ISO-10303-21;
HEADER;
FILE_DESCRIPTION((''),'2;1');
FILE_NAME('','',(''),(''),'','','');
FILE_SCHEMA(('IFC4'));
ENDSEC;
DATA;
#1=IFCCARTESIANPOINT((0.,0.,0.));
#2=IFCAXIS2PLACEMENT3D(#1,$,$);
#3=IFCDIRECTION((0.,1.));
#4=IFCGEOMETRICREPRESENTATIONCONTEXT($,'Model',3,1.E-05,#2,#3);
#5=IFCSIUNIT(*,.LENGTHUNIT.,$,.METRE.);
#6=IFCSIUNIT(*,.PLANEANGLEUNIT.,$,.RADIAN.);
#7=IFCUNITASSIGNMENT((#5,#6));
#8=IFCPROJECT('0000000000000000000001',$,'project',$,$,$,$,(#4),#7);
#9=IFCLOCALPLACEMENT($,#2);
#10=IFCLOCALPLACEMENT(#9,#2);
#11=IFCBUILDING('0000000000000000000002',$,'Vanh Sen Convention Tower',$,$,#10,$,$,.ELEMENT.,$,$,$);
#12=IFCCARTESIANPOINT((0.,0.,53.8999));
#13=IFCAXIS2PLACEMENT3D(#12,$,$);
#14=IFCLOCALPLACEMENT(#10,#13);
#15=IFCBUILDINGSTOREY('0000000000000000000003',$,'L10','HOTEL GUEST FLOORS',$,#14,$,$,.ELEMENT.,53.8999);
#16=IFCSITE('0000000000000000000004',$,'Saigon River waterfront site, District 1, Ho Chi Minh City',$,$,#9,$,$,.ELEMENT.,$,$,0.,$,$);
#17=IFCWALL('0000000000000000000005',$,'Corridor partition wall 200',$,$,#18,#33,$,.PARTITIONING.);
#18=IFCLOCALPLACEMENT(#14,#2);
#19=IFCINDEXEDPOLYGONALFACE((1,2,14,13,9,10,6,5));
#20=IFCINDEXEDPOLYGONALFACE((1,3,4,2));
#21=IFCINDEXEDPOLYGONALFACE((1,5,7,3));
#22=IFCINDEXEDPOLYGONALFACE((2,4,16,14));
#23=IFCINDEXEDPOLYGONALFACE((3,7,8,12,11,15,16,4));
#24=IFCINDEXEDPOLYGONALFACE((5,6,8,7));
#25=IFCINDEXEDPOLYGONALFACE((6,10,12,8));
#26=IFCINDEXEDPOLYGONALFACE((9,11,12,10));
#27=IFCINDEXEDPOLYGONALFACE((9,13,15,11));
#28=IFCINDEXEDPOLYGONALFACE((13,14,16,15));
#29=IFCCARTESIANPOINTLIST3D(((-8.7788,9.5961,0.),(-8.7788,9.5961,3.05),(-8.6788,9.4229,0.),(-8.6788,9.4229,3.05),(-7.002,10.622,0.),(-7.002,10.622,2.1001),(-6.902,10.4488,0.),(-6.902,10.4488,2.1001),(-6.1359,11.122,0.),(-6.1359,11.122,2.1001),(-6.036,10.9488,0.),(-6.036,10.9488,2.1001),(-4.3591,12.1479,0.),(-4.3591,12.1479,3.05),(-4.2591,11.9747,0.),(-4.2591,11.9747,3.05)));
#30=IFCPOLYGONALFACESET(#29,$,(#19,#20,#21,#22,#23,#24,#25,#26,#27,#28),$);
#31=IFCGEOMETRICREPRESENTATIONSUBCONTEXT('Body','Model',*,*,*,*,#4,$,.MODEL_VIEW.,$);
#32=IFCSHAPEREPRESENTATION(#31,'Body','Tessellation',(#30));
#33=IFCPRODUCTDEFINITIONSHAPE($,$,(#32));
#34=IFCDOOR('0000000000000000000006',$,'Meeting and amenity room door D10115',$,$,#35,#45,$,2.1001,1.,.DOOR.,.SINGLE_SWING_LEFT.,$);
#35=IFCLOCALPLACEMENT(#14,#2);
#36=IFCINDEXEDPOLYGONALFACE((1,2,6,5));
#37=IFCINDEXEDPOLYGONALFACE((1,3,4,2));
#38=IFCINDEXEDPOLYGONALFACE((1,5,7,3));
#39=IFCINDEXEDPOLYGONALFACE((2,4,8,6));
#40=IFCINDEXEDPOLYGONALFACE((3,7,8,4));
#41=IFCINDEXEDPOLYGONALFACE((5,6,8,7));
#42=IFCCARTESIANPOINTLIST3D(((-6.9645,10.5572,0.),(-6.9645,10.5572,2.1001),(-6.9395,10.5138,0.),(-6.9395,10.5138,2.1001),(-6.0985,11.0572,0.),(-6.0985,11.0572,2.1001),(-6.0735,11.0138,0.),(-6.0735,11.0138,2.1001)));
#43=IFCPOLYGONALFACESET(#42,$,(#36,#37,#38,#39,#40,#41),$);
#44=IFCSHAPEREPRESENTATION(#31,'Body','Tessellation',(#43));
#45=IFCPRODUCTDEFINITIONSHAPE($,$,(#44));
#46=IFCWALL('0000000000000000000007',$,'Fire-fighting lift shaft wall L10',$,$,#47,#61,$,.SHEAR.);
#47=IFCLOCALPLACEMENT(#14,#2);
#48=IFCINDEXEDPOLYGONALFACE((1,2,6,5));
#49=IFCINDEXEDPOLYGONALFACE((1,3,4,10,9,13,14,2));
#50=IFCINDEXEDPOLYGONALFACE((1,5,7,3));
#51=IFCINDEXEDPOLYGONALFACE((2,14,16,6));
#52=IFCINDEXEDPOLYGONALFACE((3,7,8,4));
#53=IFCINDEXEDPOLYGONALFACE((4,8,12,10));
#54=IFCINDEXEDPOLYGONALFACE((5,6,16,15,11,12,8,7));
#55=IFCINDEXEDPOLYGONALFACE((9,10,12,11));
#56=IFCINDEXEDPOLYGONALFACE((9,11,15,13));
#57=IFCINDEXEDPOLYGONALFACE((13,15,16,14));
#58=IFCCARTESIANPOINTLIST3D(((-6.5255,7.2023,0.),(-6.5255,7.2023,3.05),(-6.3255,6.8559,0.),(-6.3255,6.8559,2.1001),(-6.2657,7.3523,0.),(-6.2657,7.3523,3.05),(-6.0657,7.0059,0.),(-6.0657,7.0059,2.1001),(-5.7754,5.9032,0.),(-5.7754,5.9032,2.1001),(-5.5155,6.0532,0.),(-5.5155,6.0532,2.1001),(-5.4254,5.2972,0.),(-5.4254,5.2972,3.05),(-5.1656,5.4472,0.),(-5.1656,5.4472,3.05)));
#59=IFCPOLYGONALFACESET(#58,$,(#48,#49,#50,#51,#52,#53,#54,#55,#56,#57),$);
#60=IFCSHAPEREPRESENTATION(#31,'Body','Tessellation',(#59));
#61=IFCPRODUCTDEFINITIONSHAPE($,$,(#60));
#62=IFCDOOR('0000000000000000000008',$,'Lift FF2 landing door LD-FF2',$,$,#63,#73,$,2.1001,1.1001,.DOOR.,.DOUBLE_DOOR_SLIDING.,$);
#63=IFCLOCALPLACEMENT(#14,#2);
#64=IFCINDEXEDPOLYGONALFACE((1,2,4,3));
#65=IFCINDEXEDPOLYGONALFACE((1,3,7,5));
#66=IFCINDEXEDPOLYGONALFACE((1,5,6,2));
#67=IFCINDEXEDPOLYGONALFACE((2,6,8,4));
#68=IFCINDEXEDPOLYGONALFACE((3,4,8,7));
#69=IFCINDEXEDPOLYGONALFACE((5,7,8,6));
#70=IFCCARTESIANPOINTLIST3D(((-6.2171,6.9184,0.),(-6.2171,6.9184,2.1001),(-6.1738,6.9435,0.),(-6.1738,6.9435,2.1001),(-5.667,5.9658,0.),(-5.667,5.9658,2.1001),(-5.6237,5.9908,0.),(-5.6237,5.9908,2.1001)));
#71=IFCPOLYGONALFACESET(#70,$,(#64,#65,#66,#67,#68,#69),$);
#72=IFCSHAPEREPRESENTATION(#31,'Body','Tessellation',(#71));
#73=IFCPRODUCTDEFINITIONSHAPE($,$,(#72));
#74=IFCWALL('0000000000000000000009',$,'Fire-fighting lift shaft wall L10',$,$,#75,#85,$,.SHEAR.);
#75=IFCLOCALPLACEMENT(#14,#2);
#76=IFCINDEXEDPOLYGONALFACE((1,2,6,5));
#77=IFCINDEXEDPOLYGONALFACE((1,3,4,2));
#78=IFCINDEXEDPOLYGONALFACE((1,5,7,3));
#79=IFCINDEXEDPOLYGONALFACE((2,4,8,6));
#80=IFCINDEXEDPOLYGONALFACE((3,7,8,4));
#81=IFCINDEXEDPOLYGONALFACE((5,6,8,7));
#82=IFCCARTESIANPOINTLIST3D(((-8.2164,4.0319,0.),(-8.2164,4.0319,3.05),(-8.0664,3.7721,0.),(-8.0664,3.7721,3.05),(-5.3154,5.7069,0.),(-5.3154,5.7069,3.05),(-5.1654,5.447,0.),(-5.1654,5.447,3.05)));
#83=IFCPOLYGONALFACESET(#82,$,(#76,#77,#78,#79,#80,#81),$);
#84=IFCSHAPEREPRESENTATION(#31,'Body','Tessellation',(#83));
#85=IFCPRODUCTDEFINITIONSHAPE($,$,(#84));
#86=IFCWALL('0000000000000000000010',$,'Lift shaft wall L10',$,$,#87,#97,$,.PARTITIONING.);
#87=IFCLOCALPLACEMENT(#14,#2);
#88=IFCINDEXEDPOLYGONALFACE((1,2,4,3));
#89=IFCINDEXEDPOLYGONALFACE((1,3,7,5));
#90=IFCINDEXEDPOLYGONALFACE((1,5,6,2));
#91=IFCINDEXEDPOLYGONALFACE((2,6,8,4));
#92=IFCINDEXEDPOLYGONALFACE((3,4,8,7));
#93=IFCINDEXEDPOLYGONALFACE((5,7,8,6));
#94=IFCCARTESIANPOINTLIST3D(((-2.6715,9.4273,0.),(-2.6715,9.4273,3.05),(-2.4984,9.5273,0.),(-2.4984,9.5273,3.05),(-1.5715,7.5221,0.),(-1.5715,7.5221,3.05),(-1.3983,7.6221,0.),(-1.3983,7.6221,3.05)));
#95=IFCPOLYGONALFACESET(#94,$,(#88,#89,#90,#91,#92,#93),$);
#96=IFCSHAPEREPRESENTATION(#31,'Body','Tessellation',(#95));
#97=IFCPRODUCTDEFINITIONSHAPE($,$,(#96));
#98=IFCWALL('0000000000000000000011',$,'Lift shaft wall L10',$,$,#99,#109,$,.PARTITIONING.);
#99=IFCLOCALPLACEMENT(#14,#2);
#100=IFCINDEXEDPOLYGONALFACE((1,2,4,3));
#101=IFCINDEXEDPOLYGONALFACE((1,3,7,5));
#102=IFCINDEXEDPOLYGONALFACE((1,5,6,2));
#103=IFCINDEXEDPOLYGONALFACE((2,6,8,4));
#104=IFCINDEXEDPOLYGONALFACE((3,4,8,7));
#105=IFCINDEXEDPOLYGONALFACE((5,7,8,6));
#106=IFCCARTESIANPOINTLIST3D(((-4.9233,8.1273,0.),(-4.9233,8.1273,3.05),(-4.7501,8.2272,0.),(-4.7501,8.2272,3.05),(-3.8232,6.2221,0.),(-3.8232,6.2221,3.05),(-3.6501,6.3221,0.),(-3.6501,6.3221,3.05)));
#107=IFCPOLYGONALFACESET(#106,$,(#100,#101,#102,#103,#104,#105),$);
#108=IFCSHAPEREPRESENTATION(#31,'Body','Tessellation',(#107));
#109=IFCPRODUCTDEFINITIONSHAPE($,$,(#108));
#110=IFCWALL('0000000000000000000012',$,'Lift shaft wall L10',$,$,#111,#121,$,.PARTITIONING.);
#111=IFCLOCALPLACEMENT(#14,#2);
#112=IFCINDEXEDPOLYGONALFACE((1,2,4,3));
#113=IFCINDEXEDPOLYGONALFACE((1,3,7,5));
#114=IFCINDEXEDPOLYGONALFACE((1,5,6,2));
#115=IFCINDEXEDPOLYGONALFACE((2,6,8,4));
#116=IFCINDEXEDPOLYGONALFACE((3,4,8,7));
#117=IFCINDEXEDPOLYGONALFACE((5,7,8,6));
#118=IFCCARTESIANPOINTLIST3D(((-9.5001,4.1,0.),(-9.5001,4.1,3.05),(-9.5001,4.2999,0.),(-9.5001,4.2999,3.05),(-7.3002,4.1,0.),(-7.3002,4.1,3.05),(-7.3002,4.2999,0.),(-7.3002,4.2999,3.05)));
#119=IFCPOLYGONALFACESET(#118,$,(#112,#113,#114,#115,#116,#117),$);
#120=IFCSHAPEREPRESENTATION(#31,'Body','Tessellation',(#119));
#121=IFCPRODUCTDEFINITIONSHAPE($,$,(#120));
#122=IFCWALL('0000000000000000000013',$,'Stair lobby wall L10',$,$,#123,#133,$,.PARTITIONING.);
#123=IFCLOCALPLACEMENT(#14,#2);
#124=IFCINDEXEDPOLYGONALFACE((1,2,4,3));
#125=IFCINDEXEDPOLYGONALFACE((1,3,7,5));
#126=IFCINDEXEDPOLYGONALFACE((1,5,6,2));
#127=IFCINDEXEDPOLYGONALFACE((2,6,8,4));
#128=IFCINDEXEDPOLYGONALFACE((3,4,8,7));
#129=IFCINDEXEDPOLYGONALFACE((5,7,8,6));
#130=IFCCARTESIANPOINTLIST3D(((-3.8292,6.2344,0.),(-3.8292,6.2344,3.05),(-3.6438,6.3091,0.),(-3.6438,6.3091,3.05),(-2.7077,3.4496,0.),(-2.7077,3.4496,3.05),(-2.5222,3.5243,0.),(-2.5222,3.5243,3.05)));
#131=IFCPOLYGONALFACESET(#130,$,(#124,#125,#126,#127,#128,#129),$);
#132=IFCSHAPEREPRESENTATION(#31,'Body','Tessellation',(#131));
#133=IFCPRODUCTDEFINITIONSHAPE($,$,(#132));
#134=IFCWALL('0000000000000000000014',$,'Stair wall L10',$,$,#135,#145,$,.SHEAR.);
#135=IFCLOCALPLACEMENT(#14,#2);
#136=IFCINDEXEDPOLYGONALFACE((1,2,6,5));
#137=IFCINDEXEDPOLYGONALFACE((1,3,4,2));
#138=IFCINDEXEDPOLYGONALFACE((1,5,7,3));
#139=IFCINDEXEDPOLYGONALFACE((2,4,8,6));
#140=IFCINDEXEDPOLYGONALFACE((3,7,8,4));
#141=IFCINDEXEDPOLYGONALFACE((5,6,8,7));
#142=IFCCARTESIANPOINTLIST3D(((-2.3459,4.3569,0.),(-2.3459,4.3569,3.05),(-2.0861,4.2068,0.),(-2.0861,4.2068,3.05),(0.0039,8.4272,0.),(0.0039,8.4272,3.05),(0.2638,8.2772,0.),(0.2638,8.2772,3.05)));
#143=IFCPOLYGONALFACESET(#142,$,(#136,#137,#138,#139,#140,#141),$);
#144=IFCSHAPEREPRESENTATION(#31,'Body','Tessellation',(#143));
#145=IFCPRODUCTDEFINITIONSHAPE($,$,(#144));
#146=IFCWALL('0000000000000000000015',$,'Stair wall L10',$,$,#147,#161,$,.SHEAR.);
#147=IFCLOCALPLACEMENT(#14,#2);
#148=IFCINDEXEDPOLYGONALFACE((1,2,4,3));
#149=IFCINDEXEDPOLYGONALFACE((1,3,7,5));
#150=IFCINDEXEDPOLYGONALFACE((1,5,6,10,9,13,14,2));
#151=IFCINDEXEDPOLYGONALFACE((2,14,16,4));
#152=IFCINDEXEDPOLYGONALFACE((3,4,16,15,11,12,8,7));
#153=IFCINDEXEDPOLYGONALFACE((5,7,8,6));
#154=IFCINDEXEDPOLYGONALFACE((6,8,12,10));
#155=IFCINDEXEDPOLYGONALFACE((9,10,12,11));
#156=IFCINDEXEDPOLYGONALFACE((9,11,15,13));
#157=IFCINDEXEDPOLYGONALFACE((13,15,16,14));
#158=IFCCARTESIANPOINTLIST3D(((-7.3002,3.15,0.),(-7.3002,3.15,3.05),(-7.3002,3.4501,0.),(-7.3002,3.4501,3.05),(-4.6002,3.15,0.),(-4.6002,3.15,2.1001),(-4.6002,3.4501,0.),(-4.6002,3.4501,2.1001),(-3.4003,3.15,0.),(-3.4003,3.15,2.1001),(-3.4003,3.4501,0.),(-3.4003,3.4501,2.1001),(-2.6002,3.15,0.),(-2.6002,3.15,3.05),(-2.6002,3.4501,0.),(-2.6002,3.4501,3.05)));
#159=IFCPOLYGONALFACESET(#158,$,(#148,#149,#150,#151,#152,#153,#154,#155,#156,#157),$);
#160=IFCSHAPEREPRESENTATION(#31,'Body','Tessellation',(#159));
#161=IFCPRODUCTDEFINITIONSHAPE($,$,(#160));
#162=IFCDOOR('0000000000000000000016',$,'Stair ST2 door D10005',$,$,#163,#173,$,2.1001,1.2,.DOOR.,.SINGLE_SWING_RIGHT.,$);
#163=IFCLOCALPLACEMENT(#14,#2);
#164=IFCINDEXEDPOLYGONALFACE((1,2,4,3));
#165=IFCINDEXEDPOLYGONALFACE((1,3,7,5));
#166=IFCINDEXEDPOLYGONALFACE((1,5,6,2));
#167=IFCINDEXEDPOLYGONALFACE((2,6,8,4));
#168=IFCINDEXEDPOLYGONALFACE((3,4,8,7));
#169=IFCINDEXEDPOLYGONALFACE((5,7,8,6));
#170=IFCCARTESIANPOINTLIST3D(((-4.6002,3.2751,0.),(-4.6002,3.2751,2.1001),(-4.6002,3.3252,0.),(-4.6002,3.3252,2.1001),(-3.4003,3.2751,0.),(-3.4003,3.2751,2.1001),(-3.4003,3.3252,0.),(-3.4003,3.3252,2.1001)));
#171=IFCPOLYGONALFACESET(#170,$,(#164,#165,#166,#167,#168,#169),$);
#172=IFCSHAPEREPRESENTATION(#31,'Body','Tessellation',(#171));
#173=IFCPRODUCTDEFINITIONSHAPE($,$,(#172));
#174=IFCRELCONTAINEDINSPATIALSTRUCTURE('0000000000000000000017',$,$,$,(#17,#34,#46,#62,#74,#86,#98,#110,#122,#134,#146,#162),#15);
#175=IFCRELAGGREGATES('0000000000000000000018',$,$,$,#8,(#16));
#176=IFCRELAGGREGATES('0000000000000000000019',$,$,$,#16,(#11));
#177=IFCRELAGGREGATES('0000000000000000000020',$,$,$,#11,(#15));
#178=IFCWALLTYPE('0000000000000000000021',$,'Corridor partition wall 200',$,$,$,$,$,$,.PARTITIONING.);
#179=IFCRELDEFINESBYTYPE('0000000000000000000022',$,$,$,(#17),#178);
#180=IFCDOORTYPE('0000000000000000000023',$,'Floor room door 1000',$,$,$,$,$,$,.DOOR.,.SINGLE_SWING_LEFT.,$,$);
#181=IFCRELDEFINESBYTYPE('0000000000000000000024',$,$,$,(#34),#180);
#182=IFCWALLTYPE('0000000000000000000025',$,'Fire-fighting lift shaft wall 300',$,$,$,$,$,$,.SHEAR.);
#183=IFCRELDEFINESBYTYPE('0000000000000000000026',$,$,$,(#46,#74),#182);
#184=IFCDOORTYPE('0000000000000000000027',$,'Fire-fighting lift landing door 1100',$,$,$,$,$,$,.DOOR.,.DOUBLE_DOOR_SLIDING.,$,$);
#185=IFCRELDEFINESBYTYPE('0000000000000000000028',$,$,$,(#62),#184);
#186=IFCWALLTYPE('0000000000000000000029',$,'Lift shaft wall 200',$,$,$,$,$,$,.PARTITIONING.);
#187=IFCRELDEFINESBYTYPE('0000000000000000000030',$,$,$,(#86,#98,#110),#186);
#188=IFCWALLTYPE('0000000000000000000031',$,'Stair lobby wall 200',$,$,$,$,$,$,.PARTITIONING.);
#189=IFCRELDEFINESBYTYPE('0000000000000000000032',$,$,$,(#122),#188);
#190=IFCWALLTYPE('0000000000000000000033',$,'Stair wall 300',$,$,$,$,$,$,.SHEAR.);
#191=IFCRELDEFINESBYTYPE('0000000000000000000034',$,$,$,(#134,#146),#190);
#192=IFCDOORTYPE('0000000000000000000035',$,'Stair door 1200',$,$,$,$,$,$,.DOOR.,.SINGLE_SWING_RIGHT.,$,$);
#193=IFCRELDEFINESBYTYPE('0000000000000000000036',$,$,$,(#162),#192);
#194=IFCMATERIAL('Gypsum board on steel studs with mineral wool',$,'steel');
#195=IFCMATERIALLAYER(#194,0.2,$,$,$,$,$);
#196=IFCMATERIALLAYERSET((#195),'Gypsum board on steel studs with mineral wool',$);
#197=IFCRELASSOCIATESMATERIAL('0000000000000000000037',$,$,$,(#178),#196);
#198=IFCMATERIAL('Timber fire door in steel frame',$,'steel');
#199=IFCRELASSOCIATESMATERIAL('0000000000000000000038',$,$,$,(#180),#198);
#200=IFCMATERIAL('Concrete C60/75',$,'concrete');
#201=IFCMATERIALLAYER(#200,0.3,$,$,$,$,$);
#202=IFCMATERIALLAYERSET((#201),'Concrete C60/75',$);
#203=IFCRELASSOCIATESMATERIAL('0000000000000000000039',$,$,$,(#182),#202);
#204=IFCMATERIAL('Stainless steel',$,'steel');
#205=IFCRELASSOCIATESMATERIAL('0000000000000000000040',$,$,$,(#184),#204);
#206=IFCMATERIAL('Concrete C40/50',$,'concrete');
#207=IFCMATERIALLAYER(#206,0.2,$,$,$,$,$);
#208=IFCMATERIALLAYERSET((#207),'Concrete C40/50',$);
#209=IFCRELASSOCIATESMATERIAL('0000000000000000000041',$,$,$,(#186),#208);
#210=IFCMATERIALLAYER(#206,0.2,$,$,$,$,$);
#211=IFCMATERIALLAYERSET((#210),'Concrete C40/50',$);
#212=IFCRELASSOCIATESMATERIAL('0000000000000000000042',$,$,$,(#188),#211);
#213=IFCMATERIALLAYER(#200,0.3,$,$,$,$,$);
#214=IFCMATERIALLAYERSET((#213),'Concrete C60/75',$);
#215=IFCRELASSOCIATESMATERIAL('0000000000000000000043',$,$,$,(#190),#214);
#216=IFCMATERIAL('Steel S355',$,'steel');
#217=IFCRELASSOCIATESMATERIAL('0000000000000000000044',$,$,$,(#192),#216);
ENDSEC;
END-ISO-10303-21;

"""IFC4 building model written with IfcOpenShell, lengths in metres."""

from ifc_helpers import new_model, si_unit, direction, frame, frame_2d, origin, place, context, subcontext, project, spatial, rectangle, extrude, material, layer, layer_set, type_object, element, fill, save


model = new_model("IFC4")

# Units and contexts
model_context = context("Model", 3, precision=1e-05, world=origin(), true_north=direction((0.0, 1.0)))
body_context = subcontext(model_context, "Body", "Model", "MODEL_VIEW")
ifc_project = project(units=[si_unit("LENGTHUNIT", "METRE"), si_unit("PLANEANGLEUNIT", "RADIAN")], contexts=[model_context])

# Site, building, storey
site_placement = place(None, origin())
site = spatial("IfcSite", under=ifc_project, at=site_placement, Name="Saigon River waterfront site, District 1, Ho Chi Minh City", CompositionType="ELEMENT", RefElevation=0.0)
building_placement = place(site_placement, origin())
building = spatial("IfcBuilding", under=site, at=building_placement, Name="Vanh Sen Convention Tower", CompositionType="ELEMENT")
storey_placement = place(building_placement, frame((0.0, 0.0, 53.8999)))
storey = spatial("IfcBuildingStorey", under=building, at=storey_placement, Name="L10", Description="HOTEL GUEST FLOORS", CompositionType="ELEMENT", Elevation=53.8999)

# Walls, openings, doors
ifc_material_1 = material(Name="Gypsum board on steel studs with mineral wool", Category="steel")
ifc_layer_1 = layer(ifc_material_1, 0.2)
ifc_layer_set_1 = layer_set([ifc_layer_1], Name="Gypsum board on steel studs with mineral wool")
wall_type_1 = type_object("IfcWallType", Name="Corridor partition wall 200", PredefinedType="PARTITIONING", material=ifc_layer_set_1)
wall_1_placement = place(storey_placement, frame((-4.3091, 12.0613, 0.0), z_axis=(0.0, 0.0, 1.0), x_axis=(-0.866021, -0.500008, 0.0)))
wall_1 = element("IfcWall", 1, at=wall_1_placement, inside=storey, type_object=wall_type_1, Name="Corridor partition wall 200", PredefinedType="PARTITIONING", context=body_context, shape_type="SweptSolid", body=[
    extrude(rectangle(XDim=5.1035, YDim=0.2, at=frame_2d((2.5518, 0.0))), origin(), (0.0, 0.0, 1.0), 3.05),
])
opening_1_placement = place(wall_1_placement, frame((2.0518, 0.0, 0.0)))
opening_1 = element("IfcOpeningElement", 2, at=opening_1_placement, cuts=wall_1, PredefinedType="OPENING", context=body_context, shape_type="SweptSolid", body=[
    extrude(rectangle(XDim=1.0, YDim=2.1001, at=frame_2d((0.5, 1.05))), frame((0.0, 0.1099, 0.0), z_axis=(0.0, -1.0, 0.0), x_axis=(1.0, 0.0, 0.0)), (0.0, 0.0, 1.0), 0.22),
])
ifc_material_2 = material(Name="Timber fire door in steel frame", Category="steel")
door_type_1 = type_object("IfcDoorType", Name="Floor room door 1000", OperationType="SINGLE_SWING_LEFT", PredefinedType="DOOR", material=ifc_material_2)
door_1_placement = place(opening_1_placement, origin())
door_1 = element("IfcDoor", 3, at=door_1_placement, inside=storey, type_object=door_type_1, Name="Meeting and amenity room door D10115", OperationType="SINGLE_SWING_LEFT", OverallHeight=2.1001, OverallWidth=1.0, PredefinedType="DOOR", context=body_context, shape_type="SweptSolid", body=[
    extrude(rectangle(XDim=1.0, YDim=2.1001, at=frame_2d((0.5, 1.05))), frame((0.0, 0.0249, 0.0), z_axis=(0.0, -1.0, 0.0), x_axis=(1.0, 0.0, 0.0)), (0.0, 0.0, 1.0), 0.05),
])
fill(opening_1, door_1)
ifc_material_3 = material(Name="Concrete C60/75", Category="concrete")
ifc_layer_2 = layer(ifc_material_3, 0.3)
ifc_layer_set_2 = layer_set([ifc_layer_2], Name="Concrete C60/75")
wall_type_2 = type_object("IfcWallType", Name="Fire-fighting lift shaft wall 300", PredefinedType="SHEAR", material=ifc_layer_set_2)
wall_2_placement = place(storey_placement, frame((-5.2954, 5.3721, 0.0), z_axis=(0.0, 0.0, 1.0), x_axis=(-0.500078, 0.86598, 0.0)))
wall_2 = element("IfcWall", 4, at=wall_2_placement, inside=storey, type_object=wall_type_2, Name="Fire-fighting lift shaft wall L10", PredefinedType="SHEAR", context=body_context, shape_type="SweptSolid", body=[
    extrude(rectangle(XDim=2.2, YDim=0.3, at=frame_2d((1.1001, 0.0))), origin(), (0.0, 0.0, 1.0), 3.05),
])
opening_2_placement = place(wall_2_placement, frame((0.7, 0.0, 0.0)))
opening_2 = element("IfcOpeningElement", 5, at=opening_2_placement, cuts=wall_2, PredefinedType="OPENING", context=body_context, shape_type="SweptSolid", body=[
    extrude(rectangle(XDim=1.1001, YDim=2.1001, at=frame_2d((0.55, 1.05))), frame((0.0, 0.1599, 0.0), z_axis=(0.0, -1.0, 0.0), x_axis=(1.0, 0.0, 0.0)), (0.0, 0.0, 1.0), 0.3201),
])
ifc_material_4 = material(Name="Stainless steel", Category="steel")
door_type_2 = type_object("IfcDoorType", Name="Fire-fighting lift landing door 1100", OperationType="DOUBLE_DOOR_SLIDING", PredefinedType="DOOR", material=ifc_material_4)
door_2_placement = place(opening_2_placement, origin())
door_2 = element("IfcDoor", 6, at=door_2_placement, inside=storey, type_object=door_type_2, Name="Lift FF2 landing door LD-FF2", OperationType="DOUBLE_DOOR_SLIDING", OverallHeight=2.1001, OverallWidth=1.1001, PredefinedType="DOOR", context=body_context, shape_type="SweptSolid", body=[
    extrude(rectangle(XDim=1.1001, YDim=2.1001, at=frame_2d((0.55, 1.05))), frame((0.0, 0.0249, 0.0), z_axis=(0.0, -1.0, 0.0), x_axis=(1.0, 0.0, 0.0)), (0.0, 0.0, 1.0), 0.05),
])
fill(opening_2, door_2)

# Walls
wall_3_placement = place(storey_placement, frame((-5.2405, 5.5769, 0.0), z_axis=(0.0, 0.0, 1.0), x_axis=(-0.866014, -0.500019, 0.0)))
element("IfcWall", 7, at=wall_3_placement, inside=storey, type_object=wall_type_2, Name="Fire-fighting lift shaft wall L10", PredefinedType="SHEAR", context=body_context, shape_type="SweptSolid", body=[
    extrude(rectangle(XDim=3.3499, YDim=0.3, at=frame_2d((1.6748, 0.0))), origin(), (0.0, 0.0, 1.0), 3.05),
])
ifc_material_5 = material(Name="Concrete C40/50", Category="concrete")
ifc_layer_3 = layer(ifc_material_5, 0.2)
ifc_layer_set_3 = layer_set([ifc_layer_3], Name="Concrete C40/50")
wall_type_3 = type_object("IfcWallType", Name="Lift shaft wall 200", PredefinedType="PARTITIONING", material=ifc_layer_set_3)
for number, where, z_axis, x_axis, name in (
    (8, (-1.4849, 7.572, 0.0), (0.0, 0.0, 1.0), (-0.50003, 0.866008, 0.0), "Lift shaft wall L10"),
    (9, (-3.7366, 6.272, 0.0), (0.0, 0.0, 1.0), (-0.50003, 0.866008, 0.0), "Lift shaft wall L10"),
    (10, (-7.3, 4.2, 0.0), (0.0, 0.0, 1.0), (-1.0, 0.0, 0.0), "Lift shaft wall L10"),
):
    element("IfcWall", number, at=place(storey_placement, frame(where, z_axis=z_axis, x_axis=x_axis)), inside=storey, type_object=wall_type_3, Name=name, PredefinedType="PARTITIONING", context=body_context, shape_type="SweptSolid", body=[
        extrude(rectangle(XDim=2.2, YDim=0.2, at=frame_2d((1.1001, 0.0))), origin(), (0.0, 0.0, 1.0), 3.05),
    ])
ifc_layer_4 = layer(ifc_material_5, 0.2)
ifc_layer_set_4 = layer_set([ifc_layer_4], Name="Concrete C40/50")
wall_type_4 = type_object("IfcWallType", Name="Stair lobby wall 200", PredefinedType="PARTITIONING", material=ifc_layer_set_4)
wall_4_placement = place(storey_placement, frame((-2.615, 3.4871, 0.0), z_axis=(0.0, 0.0, 1.0), x_axis=(-0.373577, 0.927599, 0.0)))
element("IfcWall", 11, at=wall_4_placement, inside=storey, type_object=wall_type_4, Name="Stair lobby wall L10", PredefinedType="PARTITIONING", context=body_context, shape_type="SweptSolid", body=[
    extrude(rectangle(XDim=3.0022, YDim=0.2, at=frame_2d((1.501, 0.0))), origin(), (0.0, 0.0, 1.0), 3.05),
])
ifc_layer_5 = layer(ifc_material_3, 0.3)
ifc_layer_set_5 = layer_set([ifc_layer_5], Name="Concrete C60/75")
wall_type_5 = type_object("IfcWallType", Name="Stair wall 300", PredefinedType="SHEAR", material=ifc_layer_set_5)
wall_5_placement = place(storey_placement, frame((-2.2161, 4.2817, 0.0), z_axis=(0.0, 0.0, 1.0), x_axis=(0.499977, 0.866039, 0.0)))
element("IfcWall", 12, at=wall_5_placement, inside=storey, type_object=wall_type_5, Name="Stair wall L10", PredefinedType="SHEAR", context=body_context, shape_type="SweptSolid", body=[
    extrude(rectangle(XDim=4.7, YDim=0.3, at=frame_2d((2.3501, 0.0))), origin(), (0.0, 0.0, 1.0), 3.05),
])

# Wall, opening, door
wall_6_placement = place(storey_placement, frame((-2.6001, 3.3, 0.0), z_axis=(0.0, 0.0, 1.0), x_axis=(-1.0, 0.0, 0.0)))
wall_6 = element("IfcWall", 13, at=wall_6_placement, inside=storey, type_object=wall_type_5, Name="Stair wall L10", PredefinedType="SHEAR", context=body_context, shape_type="SweptSolid", body=[
    extrude(rectangle(XDim=4.7, YDim=0.3, at=frame_2d((2.3501, 0.0))), origin(), (0.0, 0.0, 1.0), 3.05),
])
opening_3_placement = place(wall_6_placement, frame((0.8, 0.0, 0.0)))
opening_3 = element("IfcOpeningElement", 14, at=opening_3_placement, cuts=wall_6, PredefinedType="OPENING", context=body_context, shape_type="SweptSolid", body=[
    extrude(rectangle(XDim=1.2, YDim=2.1001, at=frame_2d((0.6001, 1.05))), frame((0.0, 0.1599, 0.0), z_axis=(0.0, -1.0, 0.0), x_axis=(1.0, 0.0, 0.0)), (0.0, 0.0, 1.0), 0.3201),
])
ifc_material_6 = material(Name="Steel S355", Category="steel")
door_type_3 = type_object("IfcDoorType", Name="Stair door 1200", OperationType="SINGLE_SWING_RIGHT", PredefinedType="DOOR", material=ifc_material_6)
door_3_placement = place(opening_3_placement, origin())
door_3 = element("IfcDoor", 15, at=door_3_placement, inside=storey, type_object=door_type_3, Name="Stair ST2 door D10005", OperationType="SINGLE_SWING_RIGHT", OverallHeight=2.1001, OverallWidth=1.2, PredefinedType="DOOR", context=body_context, shape_type="SweptSolid", body=[
    extrude(rectangle(XDim=1.2, YDim=2.1001, at=frame_2d((0.6001, 1.05))), frame((0.0, 0.0249, 0.0), z_axis=(0.0, -1.0, 0.0), x_axis=(1.0, 0.0, 0.0)), (0.0, 0.0, 1.0), 0.05),
])
fill(opening_3, door_3)

save(model, "model.ifc")
